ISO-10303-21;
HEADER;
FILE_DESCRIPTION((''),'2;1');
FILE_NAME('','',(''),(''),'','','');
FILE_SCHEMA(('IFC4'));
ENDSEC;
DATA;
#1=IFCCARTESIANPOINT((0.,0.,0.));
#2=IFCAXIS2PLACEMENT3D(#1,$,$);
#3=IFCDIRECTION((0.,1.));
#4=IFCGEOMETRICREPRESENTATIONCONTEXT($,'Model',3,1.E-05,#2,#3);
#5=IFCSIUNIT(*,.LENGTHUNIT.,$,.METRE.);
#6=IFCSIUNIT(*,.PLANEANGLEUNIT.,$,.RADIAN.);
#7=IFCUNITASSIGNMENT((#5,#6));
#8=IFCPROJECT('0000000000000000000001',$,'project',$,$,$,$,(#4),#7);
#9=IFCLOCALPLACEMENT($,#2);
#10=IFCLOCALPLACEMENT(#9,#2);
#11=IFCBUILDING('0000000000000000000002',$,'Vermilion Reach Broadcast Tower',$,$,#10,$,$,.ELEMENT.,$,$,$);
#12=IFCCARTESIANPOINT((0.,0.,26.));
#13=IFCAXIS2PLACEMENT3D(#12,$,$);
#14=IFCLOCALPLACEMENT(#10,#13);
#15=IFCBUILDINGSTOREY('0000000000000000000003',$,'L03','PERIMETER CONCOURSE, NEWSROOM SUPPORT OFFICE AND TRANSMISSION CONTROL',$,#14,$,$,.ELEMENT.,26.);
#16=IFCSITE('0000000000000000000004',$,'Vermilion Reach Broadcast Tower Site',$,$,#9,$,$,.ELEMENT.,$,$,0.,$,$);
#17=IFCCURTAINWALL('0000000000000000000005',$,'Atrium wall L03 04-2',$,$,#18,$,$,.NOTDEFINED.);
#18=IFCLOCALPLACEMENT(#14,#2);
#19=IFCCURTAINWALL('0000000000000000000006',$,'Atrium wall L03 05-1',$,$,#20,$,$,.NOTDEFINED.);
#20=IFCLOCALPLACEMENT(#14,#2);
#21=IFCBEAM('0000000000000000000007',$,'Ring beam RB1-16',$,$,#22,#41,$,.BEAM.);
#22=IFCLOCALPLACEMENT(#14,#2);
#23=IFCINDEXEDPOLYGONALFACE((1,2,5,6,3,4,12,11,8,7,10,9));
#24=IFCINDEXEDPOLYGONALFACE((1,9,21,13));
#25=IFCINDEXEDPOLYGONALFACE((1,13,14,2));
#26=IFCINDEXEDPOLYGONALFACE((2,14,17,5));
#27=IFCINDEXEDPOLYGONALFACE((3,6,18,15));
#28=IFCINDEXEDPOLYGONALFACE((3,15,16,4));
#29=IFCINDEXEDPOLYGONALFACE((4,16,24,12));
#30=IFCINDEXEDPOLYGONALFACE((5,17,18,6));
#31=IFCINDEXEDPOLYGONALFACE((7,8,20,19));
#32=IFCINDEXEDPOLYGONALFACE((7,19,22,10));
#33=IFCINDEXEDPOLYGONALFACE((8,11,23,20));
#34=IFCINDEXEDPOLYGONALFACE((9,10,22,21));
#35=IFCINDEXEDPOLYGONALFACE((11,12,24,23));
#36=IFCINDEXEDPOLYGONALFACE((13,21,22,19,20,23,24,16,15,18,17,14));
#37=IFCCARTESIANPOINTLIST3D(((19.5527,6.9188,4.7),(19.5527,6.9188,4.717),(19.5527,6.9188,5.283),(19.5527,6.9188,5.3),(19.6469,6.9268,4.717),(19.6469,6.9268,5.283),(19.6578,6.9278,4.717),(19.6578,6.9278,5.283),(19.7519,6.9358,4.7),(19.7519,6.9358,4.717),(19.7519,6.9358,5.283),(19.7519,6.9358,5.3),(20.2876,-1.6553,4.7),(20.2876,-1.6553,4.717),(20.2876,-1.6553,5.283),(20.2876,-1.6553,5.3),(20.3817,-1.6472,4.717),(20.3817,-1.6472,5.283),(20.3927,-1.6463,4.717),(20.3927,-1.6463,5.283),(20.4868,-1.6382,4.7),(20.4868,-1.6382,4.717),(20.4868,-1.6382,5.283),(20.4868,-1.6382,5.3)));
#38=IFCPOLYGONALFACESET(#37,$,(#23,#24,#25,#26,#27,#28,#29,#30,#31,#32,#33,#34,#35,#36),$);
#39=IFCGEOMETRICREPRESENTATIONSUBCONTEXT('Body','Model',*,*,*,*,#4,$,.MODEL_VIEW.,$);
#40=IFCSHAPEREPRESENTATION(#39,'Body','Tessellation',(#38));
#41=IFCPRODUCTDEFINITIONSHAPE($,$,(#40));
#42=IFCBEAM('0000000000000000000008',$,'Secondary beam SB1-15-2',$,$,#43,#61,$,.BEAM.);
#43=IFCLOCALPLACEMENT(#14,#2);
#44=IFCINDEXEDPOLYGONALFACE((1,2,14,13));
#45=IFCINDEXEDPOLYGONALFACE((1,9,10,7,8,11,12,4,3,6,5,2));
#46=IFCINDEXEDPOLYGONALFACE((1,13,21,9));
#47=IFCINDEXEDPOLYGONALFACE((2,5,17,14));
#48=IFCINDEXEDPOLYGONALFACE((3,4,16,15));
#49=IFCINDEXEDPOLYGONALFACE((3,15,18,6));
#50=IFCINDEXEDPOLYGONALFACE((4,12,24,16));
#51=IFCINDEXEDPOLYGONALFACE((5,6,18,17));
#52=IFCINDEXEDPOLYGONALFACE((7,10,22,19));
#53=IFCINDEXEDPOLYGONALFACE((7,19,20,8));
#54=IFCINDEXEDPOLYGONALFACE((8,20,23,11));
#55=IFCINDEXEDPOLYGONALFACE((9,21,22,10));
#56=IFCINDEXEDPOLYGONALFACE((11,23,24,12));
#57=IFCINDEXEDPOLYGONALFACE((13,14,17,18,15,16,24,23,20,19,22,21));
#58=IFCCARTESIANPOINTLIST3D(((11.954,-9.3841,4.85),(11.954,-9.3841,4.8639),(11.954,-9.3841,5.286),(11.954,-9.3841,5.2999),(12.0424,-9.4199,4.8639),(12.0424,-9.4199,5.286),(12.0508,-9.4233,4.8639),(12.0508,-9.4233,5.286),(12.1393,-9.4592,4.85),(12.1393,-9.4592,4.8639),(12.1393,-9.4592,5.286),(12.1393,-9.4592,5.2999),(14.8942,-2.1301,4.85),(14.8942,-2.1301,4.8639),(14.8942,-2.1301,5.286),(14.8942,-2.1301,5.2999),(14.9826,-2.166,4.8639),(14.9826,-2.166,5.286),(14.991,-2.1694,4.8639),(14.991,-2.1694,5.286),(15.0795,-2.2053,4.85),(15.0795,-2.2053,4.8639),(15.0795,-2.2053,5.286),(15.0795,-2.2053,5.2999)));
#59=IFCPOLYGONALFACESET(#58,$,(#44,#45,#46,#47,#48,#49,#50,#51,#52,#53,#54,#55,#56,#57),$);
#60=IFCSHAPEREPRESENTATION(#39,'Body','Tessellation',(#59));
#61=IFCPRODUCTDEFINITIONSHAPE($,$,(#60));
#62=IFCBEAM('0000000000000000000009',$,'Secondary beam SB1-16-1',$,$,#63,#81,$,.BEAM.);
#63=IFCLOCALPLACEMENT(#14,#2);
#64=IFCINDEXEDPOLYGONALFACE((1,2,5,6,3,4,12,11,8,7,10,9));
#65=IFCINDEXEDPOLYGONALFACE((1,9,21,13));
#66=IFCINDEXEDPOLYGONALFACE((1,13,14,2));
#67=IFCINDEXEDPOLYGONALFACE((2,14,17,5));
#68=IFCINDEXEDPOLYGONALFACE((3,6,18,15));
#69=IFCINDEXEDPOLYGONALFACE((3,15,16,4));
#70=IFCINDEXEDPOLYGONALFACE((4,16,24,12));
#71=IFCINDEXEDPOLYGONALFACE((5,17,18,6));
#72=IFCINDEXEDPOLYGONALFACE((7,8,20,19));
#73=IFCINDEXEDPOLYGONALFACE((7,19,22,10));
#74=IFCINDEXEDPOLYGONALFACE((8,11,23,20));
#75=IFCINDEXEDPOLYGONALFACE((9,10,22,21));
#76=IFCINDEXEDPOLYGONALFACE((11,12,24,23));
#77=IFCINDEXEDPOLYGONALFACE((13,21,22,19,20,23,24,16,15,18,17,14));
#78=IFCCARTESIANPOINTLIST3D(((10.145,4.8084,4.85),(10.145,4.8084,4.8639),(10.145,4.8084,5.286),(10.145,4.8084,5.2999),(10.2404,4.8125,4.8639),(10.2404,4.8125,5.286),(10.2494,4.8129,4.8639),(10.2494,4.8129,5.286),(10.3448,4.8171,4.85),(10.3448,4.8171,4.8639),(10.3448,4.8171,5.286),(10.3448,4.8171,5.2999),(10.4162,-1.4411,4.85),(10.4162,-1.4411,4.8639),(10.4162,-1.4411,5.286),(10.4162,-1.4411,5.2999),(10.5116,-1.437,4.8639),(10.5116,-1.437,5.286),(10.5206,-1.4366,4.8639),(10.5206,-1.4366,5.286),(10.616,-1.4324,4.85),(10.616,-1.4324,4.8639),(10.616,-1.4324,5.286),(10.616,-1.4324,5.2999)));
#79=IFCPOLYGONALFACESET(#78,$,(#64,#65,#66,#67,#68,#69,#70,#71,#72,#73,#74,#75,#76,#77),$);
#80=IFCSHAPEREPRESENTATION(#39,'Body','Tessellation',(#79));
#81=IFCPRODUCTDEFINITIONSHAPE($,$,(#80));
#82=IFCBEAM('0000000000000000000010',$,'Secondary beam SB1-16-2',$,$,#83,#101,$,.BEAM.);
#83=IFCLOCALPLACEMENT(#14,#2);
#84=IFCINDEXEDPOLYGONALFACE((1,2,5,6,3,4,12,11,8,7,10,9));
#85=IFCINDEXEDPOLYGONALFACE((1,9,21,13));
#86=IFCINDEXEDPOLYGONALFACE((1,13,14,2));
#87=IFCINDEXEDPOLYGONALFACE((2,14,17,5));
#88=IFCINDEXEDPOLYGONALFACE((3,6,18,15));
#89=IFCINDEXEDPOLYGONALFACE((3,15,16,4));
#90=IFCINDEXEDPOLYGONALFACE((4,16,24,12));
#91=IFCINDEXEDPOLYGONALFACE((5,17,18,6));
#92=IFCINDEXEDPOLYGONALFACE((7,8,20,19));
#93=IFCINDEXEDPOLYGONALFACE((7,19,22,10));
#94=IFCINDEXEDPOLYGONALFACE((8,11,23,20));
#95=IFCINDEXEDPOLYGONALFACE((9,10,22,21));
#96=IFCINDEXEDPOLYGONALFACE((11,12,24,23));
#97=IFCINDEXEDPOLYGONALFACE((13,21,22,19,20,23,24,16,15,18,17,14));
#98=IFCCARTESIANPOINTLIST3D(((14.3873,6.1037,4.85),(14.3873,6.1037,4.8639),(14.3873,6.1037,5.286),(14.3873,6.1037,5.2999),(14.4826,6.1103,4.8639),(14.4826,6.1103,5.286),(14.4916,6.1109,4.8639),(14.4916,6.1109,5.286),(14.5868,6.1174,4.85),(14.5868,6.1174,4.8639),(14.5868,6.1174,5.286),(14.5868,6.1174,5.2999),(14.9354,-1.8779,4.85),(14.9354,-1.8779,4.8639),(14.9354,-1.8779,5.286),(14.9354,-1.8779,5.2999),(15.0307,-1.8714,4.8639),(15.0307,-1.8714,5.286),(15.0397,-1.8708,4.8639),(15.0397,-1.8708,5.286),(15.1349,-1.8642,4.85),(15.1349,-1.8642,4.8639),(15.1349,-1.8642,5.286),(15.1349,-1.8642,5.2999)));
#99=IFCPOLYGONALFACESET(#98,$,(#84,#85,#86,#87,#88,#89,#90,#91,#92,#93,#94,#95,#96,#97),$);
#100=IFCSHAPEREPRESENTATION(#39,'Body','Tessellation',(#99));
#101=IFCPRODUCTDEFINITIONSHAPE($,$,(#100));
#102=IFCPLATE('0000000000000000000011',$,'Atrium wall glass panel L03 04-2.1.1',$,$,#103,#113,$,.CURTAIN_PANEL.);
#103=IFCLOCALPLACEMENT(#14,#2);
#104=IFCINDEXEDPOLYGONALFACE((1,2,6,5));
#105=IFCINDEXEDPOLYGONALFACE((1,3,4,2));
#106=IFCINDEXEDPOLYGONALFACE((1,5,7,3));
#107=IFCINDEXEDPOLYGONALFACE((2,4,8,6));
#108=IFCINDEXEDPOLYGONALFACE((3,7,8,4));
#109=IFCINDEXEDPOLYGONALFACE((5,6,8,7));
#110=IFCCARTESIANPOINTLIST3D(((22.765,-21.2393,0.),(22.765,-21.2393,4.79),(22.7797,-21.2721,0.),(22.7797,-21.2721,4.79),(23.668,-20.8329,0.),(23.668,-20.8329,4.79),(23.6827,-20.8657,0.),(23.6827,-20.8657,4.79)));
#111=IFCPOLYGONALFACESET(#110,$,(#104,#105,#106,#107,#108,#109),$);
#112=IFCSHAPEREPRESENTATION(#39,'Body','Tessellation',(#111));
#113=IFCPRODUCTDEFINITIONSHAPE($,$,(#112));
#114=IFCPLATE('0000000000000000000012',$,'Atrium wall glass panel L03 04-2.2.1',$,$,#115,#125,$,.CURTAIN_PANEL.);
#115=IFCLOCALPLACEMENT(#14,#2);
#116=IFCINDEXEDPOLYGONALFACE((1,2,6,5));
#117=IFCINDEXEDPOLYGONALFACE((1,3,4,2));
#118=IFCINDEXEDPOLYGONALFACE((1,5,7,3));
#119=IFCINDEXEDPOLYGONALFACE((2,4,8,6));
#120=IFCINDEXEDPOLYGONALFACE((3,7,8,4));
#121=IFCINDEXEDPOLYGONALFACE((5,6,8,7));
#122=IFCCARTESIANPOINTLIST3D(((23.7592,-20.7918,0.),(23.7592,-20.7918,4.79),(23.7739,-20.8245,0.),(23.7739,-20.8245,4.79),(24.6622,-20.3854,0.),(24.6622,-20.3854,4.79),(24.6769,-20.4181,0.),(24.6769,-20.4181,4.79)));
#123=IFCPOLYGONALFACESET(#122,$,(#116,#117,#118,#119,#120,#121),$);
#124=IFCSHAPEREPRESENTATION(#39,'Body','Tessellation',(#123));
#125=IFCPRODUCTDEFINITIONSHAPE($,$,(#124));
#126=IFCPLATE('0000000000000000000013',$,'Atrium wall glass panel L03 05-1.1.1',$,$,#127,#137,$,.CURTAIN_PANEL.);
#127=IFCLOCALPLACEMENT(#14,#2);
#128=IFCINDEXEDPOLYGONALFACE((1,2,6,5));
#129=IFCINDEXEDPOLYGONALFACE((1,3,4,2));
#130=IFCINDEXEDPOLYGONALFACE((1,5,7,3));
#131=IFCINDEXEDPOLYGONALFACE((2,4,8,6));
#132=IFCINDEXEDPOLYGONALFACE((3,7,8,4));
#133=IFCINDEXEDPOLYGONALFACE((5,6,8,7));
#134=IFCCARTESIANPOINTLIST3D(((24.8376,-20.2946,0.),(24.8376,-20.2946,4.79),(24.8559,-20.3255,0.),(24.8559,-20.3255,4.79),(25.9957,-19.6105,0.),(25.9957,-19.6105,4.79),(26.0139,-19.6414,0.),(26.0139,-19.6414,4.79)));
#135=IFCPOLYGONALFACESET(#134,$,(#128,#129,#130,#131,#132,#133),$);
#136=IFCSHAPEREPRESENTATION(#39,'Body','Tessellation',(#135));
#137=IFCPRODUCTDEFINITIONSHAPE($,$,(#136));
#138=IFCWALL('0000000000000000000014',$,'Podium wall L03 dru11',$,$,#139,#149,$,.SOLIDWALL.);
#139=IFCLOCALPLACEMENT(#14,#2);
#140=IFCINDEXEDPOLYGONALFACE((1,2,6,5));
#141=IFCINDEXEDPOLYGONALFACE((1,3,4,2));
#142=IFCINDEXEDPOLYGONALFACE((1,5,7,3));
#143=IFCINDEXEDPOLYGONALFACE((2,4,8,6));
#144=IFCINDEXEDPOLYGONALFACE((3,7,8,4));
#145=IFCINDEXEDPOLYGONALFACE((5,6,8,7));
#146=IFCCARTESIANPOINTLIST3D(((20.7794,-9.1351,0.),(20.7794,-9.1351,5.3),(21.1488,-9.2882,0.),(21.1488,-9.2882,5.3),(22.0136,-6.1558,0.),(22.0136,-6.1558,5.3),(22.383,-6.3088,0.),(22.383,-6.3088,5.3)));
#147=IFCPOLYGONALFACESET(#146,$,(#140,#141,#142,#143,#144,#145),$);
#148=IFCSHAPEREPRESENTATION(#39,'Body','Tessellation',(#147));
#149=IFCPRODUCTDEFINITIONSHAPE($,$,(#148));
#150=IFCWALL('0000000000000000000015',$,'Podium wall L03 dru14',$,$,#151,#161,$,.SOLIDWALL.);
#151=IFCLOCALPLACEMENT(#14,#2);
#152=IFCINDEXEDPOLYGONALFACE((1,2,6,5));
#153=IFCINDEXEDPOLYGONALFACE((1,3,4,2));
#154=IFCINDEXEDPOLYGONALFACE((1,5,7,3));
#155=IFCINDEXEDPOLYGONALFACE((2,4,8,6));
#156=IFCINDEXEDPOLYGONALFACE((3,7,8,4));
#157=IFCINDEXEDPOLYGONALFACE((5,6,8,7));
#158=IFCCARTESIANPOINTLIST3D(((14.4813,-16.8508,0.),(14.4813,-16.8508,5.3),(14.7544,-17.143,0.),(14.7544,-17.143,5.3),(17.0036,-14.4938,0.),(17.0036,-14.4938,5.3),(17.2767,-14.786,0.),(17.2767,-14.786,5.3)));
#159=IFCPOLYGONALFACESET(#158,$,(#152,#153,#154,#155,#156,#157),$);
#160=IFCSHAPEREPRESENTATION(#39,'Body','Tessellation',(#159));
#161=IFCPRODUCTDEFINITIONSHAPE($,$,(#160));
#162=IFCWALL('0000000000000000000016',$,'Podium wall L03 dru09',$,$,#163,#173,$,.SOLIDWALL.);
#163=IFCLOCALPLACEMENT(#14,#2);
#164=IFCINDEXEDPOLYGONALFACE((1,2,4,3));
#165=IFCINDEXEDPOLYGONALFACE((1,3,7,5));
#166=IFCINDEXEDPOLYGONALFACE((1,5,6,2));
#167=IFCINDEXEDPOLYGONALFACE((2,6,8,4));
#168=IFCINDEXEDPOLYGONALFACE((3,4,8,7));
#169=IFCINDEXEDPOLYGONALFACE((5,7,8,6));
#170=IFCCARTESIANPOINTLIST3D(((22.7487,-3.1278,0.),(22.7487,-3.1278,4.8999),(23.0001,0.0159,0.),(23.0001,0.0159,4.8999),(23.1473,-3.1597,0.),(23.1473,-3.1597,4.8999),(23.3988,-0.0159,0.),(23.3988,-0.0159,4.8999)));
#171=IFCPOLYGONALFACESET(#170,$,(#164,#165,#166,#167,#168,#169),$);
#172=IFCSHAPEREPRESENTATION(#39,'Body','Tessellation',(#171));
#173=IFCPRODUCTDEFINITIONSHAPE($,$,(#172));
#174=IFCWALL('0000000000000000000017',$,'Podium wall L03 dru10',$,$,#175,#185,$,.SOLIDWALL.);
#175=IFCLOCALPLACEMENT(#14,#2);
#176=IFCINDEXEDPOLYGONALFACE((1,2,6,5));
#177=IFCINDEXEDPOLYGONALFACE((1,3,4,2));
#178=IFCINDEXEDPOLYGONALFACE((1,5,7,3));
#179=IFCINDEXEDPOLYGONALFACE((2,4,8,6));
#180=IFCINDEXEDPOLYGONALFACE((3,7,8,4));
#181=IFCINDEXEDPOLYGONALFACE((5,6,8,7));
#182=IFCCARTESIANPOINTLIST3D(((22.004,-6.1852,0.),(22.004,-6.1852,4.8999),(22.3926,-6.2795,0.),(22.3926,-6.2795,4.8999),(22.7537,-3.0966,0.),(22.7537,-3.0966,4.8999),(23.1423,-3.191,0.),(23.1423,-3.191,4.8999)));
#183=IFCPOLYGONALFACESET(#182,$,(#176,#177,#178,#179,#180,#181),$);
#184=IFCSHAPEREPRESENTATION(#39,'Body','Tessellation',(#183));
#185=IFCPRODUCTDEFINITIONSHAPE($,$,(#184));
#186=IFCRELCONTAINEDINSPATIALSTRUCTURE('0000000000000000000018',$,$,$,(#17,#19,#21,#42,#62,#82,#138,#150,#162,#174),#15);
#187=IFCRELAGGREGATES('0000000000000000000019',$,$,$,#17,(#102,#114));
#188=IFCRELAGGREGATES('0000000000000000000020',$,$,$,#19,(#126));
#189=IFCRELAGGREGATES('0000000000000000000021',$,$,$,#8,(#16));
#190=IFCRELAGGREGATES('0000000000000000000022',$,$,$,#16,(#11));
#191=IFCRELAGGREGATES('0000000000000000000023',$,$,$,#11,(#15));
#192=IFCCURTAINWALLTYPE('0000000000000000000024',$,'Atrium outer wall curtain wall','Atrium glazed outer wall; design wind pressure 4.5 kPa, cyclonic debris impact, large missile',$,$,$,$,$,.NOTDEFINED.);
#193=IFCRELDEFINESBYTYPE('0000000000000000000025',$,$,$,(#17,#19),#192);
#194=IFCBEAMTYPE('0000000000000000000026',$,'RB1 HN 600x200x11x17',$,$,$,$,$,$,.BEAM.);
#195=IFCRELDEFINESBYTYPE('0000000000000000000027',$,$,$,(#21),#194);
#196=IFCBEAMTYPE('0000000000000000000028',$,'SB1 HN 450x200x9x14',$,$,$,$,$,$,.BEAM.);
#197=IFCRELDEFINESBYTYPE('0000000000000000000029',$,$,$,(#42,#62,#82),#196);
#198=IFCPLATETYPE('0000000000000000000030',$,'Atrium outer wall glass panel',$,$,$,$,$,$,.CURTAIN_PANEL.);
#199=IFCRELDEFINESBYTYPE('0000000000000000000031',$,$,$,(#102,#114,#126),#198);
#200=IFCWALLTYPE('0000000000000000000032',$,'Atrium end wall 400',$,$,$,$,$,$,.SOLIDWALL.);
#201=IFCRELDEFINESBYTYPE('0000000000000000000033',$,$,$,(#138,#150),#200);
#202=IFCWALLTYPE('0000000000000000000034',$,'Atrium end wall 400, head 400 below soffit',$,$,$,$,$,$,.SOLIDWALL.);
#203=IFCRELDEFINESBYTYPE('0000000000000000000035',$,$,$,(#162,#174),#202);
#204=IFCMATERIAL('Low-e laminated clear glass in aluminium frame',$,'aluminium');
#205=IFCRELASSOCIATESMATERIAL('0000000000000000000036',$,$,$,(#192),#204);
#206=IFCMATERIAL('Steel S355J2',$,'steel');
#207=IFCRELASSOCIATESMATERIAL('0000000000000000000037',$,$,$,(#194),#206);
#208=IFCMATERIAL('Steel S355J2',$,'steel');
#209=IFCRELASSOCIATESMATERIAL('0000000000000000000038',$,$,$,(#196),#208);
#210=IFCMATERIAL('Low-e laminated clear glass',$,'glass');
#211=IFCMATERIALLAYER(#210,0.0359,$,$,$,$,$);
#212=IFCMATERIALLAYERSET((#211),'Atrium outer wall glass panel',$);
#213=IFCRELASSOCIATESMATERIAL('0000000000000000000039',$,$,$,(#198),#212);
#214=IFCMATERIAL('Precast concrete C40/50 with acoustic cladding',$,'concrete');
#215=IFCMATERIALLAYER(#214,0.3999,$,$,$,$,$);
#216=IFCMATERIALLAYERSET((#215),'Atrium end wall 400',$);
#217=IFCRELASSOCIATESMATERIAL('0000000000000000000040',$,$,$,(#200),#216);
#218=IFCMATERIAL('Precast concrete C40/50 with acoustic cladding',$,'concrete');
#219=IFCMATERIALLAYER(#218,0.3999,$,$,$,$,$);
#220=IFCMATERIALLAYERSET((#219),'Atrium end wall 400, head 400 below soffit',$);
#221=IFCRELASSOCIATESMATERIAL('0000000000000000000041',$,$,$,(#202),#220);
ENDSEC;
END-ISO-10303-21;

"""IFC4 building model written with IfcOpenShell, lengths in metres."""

from ifc_helpers import new_model, si_unit, direction, frame, frame_2d, origin, origin_2d, place, context, subcontext, project, spatial, rectangle, i_section, extrude, material, layer, layer_set, material_profile, profile_set, type_object, element, aggregate, save


model = new_model("IFC4")

# Units and contexts
model_context = context("Model", 3, precision=1e-05, world=origin(), true_north=direction((0.0, 1.0)))
body_context = subcontext(model_context, "Body", "Model", "MODEL_VIEW")
ifc_project = project(units=[si_unit("LENGTHUNIT", "METRE"), si_unit("PLANEANGLEUNIT", "RADIAN")], contexts=[model_context])

# Site, building, storey
site_placement = place(None, origin())
site = spatial("IfcSite", under=ifc_project, at=site_placement, Name="Vermilion Reach Broadcast Tower Site", CompositionType="ELEMENT", RefElevation=0.0)
building_placement = place(site_placement, origin())
building = spatial("IfcBuilding", under=site, at=building_placement, Name="Vermilion Reach Broadcast Tower", CompositionType="ELEMENT")
storey_placement = place(building_placement, frame((0.0, 0.0, 26.0)))
storey = spatial("IfcBuildingStorey", under=building, at=storey_placement, Name="L03", Description="PERIMETER CONCOURSE, NEWSROOM SUPPORT OFFICE AND TRANSMISSION CONTROL", CompositionType="ELEMENT", Elevation=26.0)

# Curtain walls
ifc_material_1 = material(Name="Low-e laminated clear glass in aluminium frame", Category="aluminium")
curtain_wall_type = type_object("IfcCurtainWallType", Name="Atrium outer wall curtain wall", Description="Atrium glazed outer wall; design wind pressure 4.5 kPa, cyclonic debris impact, large missile", PredefinedType="NOTDEFINED", material=ifc_material_1)
placement = place(storey_placement, origin())
curtain_wall_1 = element("IfcCurtainWall", 1, at=placement, inside=storey, type_object=curtain_wall_type, Name="Atrium wall L03 04-2", PredefinedType="NOTDEFINED")
curtain_wall_2 = element("IfcCurtainWall", 2, at=placement, inside=storey, type_object=curtain_wall_type, Name="Atrium wall L03 05-1", PredefinedType="NOTDEFINED")

# Beams
ifc_material_2 = material(Name="Steel S355J2", Category="steel")
ifc_material_profile_1 = material_profile(ifc_material_2, i_section(OverallWidth=0.2, OverallDepth=0.6001, WebThickness=0.011, FlangeThickness=0.0171, at=origin_2d()), Name="S355J2 HN 600x200x11x17")
ifc_profile_set_1 = profile_set([ifc_material_profile_1], Name="Steel S355J2")
beam_type_1 = type_object("IfcBeamType", Name="RB1 HN 600x200x11x17", PredefinedType="BEAM", material=ifc_profile_set_1)
beam_1_placement = place(storey_placement, frame((20.3872, -1.6467, 5.0), z_axis=(-0.085396, 0.996347, 0.0), x_axis=(-0.996347, -0.085396, 0.0)))
element("IfcBeam", 3, at=beam_1_placement, inside=storey, type_object=beam_type_1, Name="Ring beam RB1-16", PredefinedType="BEAM", context=body_context, shape_type="SweptSolid", body=[
    extrude(i_section(OverallWidth=0.2, OverallDepth=0.6001, WebThickness=0.011, FlangeThickness=0.0171, at=origin_2d()), origin(), (0.0, 0.0, 1.0), 8.6055),
])
ifc_material_3 = material(Name="Steel S355J2", Category="steel")
ifc_material_profile_2 = material_profile(ifc_material_3, i_section(OverallWidth=0.2, OverallDepth=0.45, WebThickness=0.009, FlangeThickness=0.0139, at=origin_2d()), Name="S355J2 HN 450x200x9x14")
ifc_profile_set_2 = profile_set([ifc_material_profile_2], Name="Steel S355J2")
beam_type_2 = type_object("IfcBeamType", Name="SB1 HN 450x200x9x14", PredefinedType="BEAM", material=ifc_profile_set_2)
beam_2_placement = place(storey_placement, frame((12.0466, -9.4216, 5.075), z_axis=(0.375641, 0.926765, 0.0), x_axis=(-0.926765, 0.375641, 0.0)))
element("IfcBeam", 4, at=beam_2_placement, inside=storey, type_object=beam_type_2, Name="Secondary beam SB1-15-2", PredefinedType="BEAM", context=body_context, shape_type="SweptSolid", body=[
    extrude(i_section(OverallWidth=0.2, OverallDepth=0.45, WebThickness=0.009, FlangeThickness=0.0139, at=origin_2d()), origin(), (0.0, 0.0, 1.0), 7.8271),
])
beam_3_placement = place(storey_placement, frame((10.5161, -1.4368, 5.075), z_axis=(-0.043361, 0.999059, 0.0), x_axis=(-0.999059, -0.043361, 0.0)))
element("IfcBeam", 5, at=beam_3_placement, inside=storey, type_object=beam_type_2, Name="Secondary beam SB1-16-1", PredefinedType="BEAM", context=body_context, shape_type="SweptSolid", body=[
    extrude(i_section(OverallWidth=0.2, OverallDepth=0.45, WebThickness=0.009, FlangeThickness=0.0139, at=origin_2d()), origin(), (0.0, 0.0, 1.0), 6.2554),
])
beam_4_placement = place(storey_placement, frame((15.0352, -1.8711, 5.075), z_axis=(-0.068508, 0.997651, 0.0), x_axis=(-0.997651, -0.068508, 0.0)))
element("IfcBeam", 6, at=beam_4_placement, inside=storey, type_object=beam_type_2, Name="Secondary beam SB1-16-2", PredefinedType="BEAM", context=body_context, shape_type="SweptSolid", body=[
    extrude(i_section(OverallWidth=0.2, OverallDepth=0.45, WebThickness=0.009, FlangeThickness=0.0139, at=origin_2d()), origin(), (0.0, 0.0, 1.0), 8.0005),
])

# Plates
ifc_material_4 = material(Name="Low-e laminated clear glass", Category="glass")
ifc_layer_1 = layer(ifc_material_4, 0.0359)
ifc_layer_set_1 = layer_set([ifc_layer_1], Name="Atrium outer wall glass panel")
plate_type = type_object("IfcPlateType", Name="Atrium outer wall glass panel", PredefinedType="CURTAIN_PANEL", material=ifc_layer_set_1)
plate_1_placement = place(storey_placement, frame((23.2239, -21.0525, 0.0), z_axis=(0.0, 0.0, 1.0), x_axis=(0.911902, 0.410408, 0.0)))
plate_1 = element("IfcPlate", 7, at=plate_1_placement, type_object=plate_type, Name="Atrium wall glass panel L03 04-2.1.1", PredefinedType="CURTAIN_PANEL", context=body_context, shape_type="SweptSolid", body=[
    extrude(rectangle(XDim=0.9902, YDim=0.0359, at=origin_2d()), origin(), (0.0, 0.0, 1.0), 4.79),
])
plate_2_placement = place(storey_placement, frame((24.218, -20.605, 0.0), z_axis=(0.0, 0.0, 1.0), x_axis=(0.911902, 0.410408, 0.0)))
plate_2 = element("IfcPlate", 8, at=plate_2_placement, type_object=plate_type, Name="Atrium wall glass panel L03 04-2.2.1", PredefinedType="CURTAIN_PANEL", context=body_context, shape_type="SweptSolid", body=[
    extrude(rectangle(XDim=0.9902, YDim=0.0359, at=origin_2d()), origin(), (0.0, 0.0, 1.0), 4.79),
])
aggregate(curtain_wall_1, [plate_1, plate_2])
plate_3_placement = place(storey_placement, frame((25.4258, -19.968, 0.0), z_axis=(0.0, 0.0, 1.0), x_axis=(0.861009, 0.50859, 0.0)))
plate_3 = element("IfcPlate", 9, at=plate_3_placement, type_object=plate_type, Name="Atrium wall glass panel L03 05-1.1.1", PredefinedType="CURTAIN_PANEL", context=body_context, shape_type="SweptSolid", body=[
    extrude(rectangle(XDim=1.345, YDim=0.0359, at=origin_2d()), origin(), (0.0, 0.0, 1.0), 4.79),
])
aggregate(curtain_wall_2, [plate_3])

# Walls
ifc_material_5 = material(Name="Precast concrete C40/50 with acoustic cladding", Category="concrete")
ifc_layer_2 = layer(ifc_material_5, 0.3999)
ifc_layer_set_2 = layer_set([ifc_layer_2], Name="Atrium end wall 400")
wall_type_1 = type_object("IfcWallType", Name="Atrium end wall 400", PredefinedType="SOLIDWALL", material=ifc_layer_set_2)
wall_1_placement = place(storey_placement, frame((22.1982, -6.2324, 0.0), z_axis=(0.0, 0.0, 1.0), x_axis=(-0.382706, -0.92387, 0.0)))
element("IfcWall", 10, at=wall_1_placement, inside=storey, type_object=wall_type_1, Name="Podium wall L03 dru11", PredefinedType="SOLIDWALL", context=body_context, shape_type="SweptSolid", body=[
    extrude(rectangle(XDim=3.2249, YDim=0.3999, at=frame_2d((1.6123, 0.0))), origin(), (0.0, 0.0, 1.0), 5.3),
])
wall_2_placement = place(storey_placement, frame((17.1401, -14.6399, 0.0), z_axis=(0.0, 0.0, 1.0), x_axis=(-0.730641, -0.682762, 0.0)))
element("IfcWall", 11, at=wall_2_placement, inside=storey, type_object=wall_type_1, Name="Podium wall L03 dru14", PredefinedType="SOLIDWALL", context=body_context, shape_type="SweptSolid", body=[
    extrude(rectangle(XDim=3.4521, YDim=0.3999, at=frame_2d((1.7261, 0.0))), origin(), (0.0, 0.0, 1.0), 5.3),
])
ifc_material_6 = material(Name="Precast concrete C40/50 with acoustic cladding", Category="concrete")
ifc_layer_3 = layer(ifc_material_6, 0.3999)
ifc_layer_set_3 = layer_set([ifc_layer_3], Name="Atrium end wall 400, head 400 below soffit")
wall_type_2 = type_object("IfcWallType", Name="Atrium end wall 400, head 400 below soffit", PredefinedType="SOLIDWALL", material=ifc_layer_set_3)
wall_3_placement = place(storey_placement, frame((23.1995, 0.0, 0.0), z_axis=(0.0, 0.0, 1.0), x_axis=(-0.079733, -0.996816, 0.0)))
element("IfcWall", 12, at=wall_3_placement, inside=storey, type_object=wall_type_2, Name="Podium wall L03 dru09", PredefinedType="SOLIDWALL", context=body_context, shape_type="SweptSolid", body=[
    extrude(rectangle(XDim=3.1538, YDim=0.3999, at=frame_2d((1.5769, 0.0))), origin(), (0.0, 0.0, 1.0), 4.8999),
])
wall_4_placement = place(storey_placement, frame((22.948, -3.1438, 0.0), z_axis=(0.0, 0.0, 1.0), x_axis=(-0.235897, -0.971778, 0.0)))
element("IfcWall", 13, at=wall_4_placement, inside=storey, type_object=wall_type_2, Name="Podium wall L03 dru10", PredefinedType="SOLIDWALL", context=body_context, shape_type="SweptSolid", body=[
    extrude(rectangle(XDim=3.1782, YDim=0.3999, at=frame_2d((1.5891, 0.0))), origin(), (0.0, 0.0, 1.0), 4.8999),
])

save(model, "model.ifc")
